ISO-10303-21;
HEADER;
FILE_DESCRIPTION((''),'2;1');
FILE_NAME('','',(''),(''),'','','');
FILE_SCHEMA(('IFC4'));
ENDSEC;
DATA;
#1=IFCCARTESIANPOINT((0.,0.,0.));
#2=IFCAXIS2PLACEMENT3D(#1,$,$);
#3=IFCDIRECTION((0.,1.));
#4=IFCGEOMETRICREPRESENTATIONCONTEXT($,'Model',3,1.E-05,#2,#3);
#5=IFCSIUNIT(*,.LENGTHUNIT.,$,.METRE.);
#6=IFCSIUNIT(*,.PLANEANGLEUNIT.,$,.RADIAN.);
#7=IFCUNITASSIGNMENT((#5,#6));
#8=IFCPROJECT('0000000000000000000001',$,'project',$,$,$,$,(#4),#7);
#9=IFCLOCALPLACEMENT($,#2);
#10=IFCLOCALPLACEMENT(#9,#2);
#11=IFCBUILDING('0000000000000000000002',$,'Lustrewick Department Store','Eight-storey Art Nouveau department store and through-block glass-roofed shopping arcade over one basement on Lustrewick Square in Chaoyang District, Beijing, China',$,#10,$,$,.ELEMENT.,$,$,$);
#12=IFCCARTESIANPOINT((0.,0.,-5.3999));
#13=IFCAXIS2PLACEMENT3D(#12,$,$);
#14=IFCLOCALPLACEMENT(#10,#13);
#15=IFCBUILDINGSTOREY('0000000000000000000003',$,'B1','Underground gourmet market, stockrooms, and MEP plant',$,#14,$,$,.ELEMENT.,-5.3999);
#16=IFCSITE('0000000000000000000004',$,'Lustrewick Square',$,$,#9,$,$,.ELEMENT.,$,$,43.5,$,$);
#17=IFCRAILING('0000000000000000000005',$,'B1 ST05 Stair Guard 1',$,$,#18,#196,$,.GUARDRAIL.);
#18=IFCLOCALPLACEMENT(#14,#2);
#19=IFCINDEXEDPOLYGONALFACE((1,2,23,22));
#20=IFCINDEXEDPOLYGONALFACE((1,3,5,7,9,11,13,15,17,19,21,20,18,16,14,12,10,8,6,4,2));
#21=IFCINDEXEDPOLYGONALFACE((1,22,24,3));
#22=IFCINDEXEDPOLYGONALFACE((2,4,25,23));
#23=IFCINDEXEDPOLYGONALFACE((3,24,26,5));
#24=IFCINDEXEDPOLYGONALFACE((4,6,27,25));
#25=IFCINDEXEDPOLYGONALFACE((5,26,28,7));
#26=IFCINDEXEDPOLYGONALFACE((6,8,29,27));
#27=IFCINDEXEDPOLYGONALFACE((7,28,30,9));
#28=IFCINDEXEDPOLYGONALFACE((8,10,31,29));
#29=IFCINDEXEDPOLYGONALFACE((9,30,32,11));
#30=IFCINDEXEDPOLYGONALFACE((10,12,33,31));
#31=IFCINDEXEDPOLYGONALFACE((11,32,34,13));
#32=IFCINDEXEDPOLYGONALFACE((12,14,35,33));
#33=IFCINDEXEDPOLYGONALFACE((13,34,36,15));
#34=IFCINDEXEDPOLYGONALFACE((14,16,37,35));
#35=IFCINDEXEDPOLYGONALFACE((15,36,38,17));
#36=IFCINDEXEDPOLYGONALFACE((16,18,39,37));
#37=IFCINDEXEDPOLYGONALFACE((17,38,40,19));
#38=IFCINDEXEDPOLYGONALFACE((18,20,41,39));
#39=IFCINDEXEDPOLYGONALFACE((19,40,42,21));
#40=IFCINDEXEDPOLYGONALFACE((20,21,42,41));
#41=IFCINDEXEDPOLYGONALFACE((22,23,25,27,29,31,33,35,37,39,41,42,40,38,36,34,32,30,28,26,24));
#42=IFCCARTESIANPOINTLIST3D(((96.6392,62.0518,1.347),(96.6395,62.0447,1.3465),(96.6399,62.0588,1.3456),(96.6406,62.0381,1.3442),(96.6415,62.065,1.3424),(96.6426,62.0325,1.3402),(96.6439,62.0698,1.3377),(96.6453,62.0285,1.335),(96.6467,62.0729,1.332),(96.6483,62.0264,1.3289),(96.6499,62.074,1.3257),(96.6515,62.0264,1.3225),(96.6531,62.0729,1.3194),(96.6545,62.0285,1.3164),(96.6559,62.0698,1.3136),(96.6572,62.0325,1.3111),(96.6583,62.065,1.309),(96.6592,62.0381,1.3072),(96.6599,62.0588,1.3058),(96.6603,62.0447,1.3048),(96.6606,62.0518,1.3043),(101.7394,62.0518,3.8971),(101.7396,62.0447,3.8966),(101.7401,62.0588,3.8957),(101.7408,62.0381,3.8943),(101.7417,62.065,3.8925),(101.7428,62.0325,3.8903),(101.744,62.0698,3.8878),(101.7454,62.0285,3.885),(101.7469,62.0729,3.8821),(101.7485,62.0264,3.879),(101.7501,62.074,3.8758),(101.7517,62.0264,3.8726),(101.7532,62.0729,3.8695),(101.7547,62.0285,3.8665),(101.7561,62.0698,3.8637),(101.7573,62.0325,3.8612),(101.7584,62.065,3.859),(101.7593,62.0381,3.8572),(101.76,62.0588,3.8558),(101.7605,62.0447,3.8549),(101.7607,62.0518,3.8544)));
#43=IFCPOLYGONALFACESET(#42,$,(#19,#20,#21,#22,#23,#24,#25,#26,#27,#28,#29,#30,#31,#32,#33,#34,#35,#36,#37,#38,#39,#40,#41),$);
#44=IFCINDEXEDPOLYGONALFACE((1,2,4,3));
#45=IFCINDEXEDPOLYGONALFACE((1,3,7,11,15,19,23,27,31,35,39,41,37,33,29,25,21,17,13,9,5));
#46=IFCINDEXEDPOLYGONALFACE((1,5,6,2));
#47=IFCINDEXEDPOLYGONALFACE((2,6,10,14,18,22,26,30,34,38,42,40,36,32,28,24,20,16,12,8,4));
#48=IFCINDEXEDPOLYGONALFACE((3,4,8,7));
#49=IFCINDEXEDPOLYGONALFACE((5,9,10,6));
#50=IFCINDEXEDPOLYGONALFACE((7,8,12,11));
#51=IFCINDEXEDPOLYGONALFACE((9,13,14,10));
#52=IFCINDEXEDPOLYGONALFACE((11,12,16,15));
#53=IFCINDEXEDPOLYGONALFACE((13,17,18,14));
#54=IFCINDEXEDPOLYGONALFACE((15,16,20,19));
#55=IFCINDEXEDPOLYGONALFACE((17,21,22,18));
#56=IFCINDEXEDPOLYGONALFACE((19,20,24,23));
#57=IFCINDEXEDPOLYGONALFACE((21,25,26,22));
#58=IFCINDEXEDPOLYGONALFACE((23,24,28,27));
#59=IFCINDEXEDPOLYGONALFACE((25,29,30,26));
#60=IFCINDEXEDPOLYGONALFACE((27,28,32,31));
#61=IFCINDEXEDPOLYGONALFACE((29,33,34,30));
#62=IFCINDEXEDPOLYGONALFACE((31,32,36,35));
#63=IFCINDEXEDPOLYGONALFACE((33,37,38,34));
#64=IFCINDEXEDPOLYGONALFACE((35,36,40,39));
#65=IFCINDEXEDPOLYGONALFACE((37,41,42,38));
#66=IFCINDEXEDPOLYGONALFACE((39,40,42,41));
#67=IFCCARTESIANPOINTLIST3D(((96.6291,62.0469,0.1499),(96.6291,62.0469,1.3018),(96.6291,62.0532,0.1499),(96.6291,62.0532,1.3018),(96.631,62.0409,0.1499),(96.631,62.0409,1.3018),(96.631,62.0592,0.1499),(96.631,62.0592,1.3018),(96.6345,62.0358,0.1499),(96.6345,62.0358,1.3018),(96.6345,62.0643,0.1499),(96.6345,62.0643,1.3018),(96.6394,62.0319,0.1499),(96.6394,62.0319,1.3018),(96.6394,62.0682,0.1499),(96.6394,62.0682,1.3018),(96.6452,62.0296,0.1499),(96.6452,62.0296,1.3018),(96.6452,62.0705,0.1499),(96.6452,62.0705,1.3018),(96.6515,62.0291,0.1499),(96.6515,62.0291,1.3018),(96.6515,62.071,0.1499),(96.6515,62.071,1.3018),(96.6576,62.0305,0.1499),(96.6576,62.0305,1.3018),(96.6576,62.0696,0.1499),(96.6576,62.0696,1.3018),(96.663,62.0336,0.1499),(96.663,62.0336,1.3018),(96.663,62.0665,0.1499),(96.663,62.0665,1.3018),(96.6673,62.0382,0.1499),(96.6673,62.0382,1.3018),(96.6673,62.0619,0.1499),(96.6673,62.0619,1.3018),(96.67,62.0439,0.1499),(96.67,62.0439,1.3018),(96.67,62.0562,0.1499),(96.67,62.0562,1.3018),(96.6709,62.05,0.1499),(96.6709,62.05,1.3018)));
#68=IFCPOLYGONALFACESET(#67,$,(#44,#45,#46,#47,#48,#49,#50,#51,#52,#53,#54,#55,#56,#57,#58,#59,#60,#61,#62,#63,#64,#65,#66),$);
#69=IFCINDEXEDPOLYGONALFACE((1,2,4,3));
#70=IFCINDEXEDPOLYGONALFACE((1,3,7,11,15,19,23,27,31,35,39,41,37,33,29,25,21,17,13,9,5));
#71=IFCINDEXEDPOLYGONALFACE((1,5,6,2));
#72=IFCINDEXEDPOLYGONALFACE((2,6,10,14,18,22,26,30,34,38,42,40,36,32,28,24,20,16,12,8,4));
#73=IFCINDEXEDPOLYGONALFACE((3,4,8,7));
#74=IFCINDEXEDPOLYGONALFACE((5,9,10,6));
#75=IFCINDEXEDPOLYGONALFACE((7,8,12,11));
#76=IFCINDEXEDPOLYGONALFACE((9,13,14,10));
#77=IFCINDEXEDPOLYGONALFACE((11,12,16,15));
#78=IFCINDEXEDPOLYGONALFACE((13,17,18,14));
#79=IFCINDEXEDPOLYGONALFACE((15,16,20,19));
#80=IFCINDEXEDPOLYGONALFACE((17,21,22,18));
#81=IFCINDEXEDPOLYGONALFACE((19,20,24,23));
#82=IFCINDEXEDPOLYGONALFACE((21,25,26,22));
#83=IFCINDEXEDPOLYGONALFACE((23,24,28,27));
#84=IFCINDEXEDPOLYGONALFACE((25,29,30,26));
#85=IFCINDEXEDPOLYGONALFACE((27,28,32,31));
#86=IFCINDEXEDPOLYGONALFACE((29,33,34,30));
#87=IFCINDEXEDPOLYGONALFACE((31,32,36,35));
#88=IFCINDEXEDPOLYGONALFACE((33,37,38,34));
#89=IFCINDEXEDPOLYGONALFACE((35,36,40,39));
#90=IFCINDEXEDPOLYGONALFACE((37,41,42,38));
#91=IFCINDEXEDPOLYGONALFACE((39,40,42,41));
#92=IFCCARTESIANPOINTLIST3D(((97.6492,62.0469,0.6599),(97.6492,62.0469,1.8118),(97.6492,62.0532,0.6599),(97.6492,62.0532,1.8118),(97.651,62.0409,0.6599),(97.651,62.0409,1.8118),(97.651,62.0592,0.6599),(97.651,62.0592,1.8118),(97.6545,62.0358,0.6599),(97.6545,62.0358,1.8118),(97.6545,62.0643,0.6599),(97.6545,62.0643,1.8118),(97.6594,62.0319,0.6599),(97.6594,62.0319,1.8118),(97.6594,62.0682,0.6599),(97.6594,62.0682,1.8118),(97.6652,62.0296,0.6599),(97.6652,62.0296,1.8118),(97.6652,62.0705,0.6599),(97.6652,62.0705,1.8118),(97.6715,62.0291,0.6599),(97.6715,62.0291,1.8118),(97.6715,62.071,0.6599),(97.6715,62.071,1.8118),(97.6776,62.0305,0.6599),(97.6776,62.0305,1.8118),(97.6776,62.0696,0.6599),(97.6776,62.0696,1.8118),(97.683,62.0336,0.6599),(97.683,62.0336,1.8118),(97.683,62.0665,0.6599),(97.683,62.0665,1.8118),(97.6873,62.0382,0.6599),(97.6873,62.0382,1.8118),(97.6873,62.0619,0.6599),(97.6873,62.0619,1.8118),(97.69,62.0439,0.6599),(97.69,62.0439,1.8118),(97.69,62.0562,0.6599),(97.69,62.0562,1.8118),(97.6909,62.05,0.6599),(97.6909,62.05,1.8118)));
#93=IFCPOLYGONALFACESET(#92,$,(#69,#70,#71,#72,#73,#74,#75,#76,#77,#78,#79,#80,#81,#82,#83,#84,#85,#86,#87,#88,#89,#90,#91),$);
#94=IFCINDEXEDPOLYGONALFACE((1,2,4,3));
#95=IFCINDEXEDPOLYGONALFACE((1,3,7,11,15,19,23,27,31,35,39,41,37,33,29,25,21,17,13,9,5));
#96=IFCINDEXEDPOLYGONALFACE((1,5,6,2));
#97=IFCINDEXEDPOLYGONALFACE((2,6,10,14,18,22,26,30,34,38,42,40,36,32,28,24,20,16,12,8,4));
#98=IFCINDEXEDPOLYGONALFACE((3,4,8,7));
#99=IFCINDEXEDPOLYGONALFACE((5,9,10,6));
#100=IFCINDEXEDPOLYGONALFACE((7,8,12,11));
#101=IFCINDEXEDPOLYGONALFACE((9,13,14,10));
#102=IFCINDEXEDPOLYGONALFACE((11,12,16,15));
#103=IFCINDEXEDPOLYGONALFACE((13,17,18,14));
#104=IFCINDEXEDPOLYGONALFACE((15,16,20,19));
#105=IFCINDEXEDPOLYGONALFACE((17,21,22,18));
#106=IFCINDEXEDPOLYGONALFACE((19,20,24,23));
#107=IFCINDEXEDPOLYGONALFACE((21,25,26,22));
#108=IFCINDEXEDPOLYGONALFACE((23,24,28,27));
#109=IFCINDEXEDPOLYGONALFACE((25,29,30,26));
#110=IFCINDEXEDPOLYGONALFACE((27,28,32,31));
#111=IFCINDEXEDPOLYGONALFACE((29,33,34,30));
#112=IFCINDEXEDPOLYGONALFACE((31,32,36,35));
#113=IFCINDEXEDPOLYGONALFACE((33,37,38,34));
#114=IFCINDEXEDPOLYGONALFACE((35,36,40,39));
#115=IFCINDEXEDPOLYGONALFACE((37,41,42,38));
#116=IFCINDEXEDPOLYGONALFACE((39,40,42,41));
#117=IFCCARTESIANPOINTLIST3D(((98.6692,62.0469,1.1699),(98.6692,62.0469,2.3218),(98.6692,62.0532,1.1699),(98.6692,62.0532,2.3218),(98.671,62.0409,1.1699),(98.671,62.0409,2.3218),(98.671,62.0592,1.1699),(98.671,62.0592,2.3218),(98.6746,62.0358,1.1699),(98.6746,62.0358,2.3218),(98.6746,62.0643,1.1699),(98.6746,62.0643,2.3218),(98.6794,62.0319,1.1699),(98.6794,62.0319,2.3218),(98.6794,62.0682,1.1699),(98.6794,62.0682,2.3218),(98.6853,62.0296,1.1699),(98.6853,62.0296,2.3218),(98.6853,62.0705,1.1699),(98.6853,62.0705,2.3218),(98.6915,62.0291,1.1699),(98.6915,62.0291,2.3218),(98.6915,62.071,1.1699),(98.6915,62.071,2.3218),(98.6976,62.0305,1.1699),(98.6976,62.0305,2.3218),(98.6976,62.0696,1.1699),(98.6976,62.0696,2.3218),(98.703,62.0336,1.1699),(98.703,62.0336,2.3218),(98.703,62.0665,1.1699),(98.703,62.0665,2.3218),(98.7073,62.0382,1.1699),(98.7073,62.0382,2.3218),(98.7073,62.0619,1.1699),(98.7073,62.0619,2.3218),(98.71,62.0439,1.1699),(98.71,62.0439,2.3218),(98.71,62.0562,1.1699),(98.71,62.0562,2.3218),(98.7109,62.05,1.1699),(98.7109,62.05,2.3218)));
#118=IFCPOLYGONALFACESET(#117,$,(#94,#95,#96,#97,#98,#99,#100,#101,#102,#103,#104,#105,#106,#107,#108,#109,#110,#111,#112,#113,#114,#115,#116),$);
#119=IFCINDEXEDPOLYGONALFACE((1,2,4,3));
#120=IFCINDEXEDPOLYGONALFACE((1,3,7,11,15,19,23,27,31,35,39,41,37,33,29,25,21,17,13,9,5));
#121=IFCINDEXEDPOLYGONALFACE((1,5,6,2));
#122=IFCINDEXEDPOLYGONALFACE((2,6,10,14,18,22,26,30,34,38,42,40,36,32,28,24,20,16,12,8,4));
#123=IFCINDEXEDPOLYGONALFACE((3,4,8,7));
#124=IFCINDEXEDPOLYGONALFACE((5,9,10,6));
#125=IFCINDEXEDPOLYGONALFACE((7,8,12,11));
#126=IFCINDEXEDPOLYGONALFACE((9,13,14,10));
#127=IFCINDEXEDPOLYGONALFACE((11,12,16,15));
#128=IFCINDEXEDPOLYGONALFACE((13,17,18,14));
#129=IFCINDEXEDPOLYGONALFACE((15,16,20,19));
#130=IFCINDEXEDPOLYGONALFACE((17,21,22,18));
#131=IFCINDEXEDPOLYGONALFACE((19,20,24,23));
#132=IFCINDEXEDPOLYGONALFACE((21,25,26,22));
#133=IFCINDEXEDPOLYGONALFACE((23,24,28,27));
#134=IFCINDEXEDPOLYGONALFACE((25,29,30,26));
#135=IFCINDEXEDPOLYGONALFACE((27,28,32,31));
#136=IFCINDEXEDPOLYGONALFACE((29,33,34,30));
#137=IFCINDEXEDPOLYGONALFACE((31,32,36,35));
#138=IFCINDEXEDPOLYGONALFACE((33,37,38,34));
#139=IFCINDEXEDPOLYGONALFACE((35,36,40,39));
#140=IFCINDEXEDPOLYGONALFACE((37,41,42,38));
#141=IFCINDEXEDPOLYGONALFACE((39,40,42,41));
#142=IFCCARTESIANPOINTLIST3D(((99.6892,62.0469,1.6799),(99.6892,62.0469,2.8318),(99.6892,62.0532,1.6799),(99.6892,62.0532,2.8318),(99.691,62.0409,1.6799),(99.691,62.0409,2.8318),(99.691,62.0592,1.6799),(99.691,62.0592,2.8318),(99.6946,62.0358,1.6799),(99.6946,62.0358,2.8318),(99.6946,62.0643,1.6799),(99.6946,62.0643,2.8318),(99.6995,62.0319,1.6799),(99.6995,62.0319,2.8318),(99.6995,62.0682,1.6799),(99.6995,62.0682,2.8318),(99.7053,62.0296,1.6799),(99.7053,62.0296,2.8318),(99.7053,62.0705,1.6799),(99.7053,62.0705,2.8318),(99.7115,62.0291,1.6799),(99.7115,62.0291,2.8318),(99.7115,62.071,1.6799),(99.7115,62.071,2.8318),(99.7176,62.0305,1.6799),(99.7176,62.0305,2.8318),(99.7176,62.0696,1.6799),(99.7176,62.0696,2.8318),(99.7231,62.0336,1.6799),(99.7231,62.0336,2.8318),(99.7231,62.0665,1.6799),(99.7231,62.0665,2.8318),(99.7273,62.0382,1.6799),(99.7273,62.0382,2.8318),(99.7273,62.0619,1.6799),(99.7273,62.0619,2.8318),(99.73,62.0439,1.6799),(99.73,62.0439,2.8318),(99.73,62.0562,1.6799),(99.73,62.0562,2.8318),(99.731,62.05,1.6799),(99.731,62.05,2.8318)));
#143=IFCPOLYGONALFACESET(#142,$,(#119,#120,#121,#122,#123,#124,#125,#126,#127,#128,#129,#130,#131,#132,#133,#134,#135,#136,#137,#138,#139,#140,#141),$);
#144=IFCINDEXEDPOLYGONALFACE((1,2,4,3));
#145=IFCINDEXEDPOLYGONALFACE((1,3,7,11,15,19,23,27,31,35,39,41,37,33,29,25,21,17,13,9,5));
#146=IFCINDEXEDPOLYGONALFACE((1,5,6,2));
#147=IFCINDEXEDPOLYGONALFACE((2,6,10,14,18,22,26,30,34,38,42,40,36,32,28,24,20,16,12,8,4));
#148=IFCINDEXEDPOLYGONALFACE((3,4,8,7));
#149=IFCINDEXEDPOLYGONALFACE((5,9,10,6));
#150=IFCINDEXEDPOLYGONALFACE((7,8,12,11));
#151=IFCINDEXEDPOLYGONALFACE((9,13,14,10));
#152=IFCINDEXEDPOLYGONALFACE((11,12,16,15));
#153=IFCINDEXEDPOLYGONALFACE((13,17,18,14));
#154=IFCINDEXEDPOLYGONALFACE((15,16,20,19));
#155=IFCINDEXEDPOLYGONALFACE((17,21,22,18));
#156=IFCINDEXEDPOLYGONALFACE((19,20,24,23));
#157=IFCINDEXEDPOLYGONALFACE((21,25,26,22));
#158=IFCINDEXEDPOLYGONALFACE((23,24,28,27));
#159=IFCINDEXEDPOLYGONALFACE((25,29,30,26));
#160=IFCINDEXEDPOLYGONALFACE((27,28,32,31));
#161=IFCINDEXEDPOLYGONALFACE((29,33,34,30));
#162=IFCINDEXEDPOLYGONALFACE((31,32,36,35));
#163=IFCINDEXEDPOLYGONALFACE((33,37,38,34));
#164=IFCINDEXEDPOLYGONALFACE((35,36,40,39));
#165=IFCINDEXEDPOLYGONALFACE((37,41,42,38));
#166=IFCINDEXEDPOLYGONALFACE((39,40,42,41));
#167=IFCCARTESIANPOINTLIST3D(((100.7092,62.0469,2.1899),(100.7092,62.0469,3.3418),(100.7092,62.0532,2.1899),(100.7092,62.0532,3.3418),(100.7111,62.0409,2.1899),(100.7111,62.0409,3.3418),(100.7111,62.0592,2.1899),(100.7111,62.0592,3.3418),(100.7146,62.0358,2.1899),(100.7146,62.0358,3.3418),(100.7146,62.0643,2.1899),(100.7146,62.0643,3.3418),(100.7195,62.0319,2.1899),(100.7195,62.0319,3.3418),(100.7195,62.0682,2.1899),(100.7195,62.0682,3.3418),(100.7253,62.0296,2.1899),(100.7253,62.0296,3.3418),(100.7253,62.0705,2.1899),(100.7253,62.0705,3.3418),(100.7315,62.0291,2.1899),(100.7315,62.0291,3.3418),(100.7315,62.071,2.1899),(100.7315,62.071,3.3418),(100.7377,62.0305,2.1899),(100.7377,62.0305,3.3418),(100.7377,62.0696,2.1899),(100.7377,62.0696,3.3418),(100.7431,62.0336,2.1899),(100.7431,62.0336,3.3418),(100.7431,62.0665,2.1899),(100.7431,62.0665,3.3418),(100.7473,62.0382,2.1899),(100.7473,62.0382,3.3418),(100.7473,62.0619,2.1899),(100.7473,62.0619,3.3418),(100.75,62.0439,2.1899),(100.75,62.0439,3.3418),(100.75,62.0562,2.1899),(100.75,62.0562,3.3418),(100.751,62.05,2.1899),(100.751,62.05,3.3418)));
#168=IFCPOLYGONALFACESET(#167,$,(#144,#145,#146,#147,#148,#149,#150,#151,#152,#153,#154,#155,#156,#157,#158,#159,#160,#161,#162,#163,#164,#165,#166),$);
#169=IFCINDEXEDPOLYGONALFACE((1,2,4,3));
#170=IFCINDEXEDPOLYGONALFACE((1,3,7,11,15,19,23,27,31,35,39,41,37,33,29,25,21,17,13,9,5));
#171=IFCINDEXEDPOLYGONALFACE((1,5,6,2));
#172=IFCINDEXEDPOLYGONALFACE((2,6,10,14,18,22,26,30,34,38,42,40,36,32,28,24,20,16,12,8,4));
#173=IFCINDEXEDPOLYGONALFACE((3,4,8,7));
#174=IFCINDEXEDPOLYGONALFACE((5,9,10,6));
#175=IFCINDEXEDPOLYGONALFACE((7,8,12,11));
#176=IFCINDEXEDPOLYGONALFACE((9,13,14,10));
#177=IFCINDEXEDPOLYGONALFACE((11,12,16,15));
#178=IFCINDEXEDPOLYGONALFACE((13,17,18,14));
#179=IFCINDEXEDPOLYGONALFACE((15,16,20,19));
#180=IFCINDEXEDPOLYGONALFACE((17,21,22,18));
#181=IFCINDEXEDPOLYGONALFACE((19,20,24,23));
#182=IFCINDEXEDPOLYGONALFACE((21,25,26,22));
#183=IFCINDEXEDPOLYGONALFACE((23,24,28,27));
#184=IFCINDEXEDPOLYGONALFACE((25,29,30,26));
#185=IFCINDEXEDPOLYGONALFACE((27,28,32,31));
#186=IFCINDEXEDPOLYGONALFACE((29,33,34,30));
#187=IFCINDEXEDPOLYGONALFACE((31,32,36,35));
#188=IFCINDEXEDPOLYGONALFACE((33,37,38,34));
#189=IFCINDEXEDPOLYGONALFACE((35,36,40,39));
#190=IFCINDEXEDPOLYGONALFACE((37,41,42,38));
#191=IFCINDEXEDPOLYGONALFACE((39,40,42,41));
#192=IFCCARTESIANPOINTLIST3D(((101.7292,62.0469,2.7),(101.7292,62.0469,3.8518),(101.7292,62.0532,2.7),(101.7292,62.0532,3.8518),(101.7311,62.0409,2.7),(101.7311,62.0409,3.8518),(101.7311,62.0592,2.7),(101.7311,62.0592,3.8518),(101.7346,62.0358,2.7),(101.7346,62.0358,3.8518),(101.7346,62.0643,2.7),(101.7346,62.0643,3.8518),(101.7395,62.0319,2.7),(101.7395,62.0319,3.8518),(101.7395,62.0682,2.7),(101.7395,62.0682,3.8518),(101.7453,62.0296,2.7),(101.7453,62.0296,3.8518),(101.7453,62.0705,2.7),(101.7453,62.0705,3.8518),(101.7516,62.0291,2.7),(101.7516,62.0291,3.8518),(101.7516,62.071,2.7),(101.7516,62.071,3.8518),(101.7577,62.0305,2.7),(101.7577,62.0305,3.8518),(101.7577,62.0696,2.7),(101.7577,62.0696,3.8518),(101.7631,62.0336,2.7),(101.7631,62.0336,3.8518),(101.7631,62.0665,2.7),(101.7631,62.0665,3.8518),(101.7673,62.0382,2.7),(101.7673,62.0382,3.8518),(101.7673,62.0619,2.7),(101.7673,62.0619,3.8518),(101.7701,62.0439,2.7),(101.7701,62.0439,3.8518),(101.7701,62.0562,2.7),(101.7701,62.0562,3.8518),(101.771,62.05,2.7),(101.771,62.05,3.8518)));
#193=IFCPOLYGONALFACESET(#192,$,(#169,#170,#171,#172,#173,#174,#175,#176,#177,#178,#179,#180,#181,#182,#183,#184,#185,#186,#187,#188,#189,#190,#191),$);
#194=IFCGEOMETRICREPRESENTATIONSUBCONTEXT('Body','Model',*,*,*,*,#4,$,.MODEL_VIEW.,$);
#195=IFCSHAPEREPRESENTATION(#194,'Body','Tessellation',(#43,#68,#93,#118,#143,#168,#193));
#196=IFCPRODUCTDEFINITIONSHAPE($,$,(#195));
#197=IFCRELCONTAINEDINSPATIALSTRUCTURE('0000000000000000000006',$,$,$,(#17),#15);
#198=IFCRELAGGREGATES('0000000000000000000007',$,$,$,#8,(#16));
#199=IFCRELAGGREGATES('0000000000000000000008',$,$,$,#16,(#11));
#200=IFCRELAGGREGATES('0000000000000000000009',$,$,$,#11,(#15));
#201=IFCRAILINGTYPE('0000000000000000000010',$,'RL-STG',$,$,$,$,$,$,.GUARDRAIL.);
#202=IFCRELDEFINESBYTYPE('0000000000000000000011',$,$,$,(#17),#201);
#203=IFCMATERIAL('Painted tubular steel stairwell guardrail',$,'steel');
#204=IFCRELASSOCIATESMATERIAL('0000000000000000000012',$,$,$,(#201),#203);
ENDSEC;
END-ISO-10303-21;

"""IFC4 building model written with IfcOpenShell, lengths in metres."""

from ifc_helpers import new_model, si_unit, direction, frame, origin, origin_2d, place, context, subcontext, project, spatial, circle, extrude, material, type_object, element, save


model = new_model("IFC4")

# Units and contexts
model_context = context("Model", 3, precision=1e-05, world=origin(), true_north=direction((0.0, 1.0)))
body_context = subcontext(model_context, "Body", "Model", "MODEL_VIEW")
ifc_project = project(units=[si_unit("LENGTHUNIT", "METRE"), si_unit("PLANEANGLEUNIT", "RADIAN")], contexts=[model_context])

# Site, building, storey
site_placement = place(None, origin())
site = spatial("IfcSite", under=ifc_project, at=site_placement, Name="Lustrewick Square", CompositionType="ELEMENT", RefElevation=43.5)
building_placement = place(site_placement, origin())
building = spatial("IfcBuilding", under=site, at=building_placement, Name="Lustrewick Department Store", Description="Eight-storey Art Nouveau department store and through-block glass-roofed shopping arcade over one basement on Lustrewick Square in Chaoyang District, Beijing, China", CompositionType="ELEMENT")
storey_placement = place(building_placement, frame((0.0, 0.0, -5.3999)))
storey = spatial("IfcBuildingStorey", under=building, at=storey_placement, Name="B1", Description="Underground gourmet market, stockrooms, and MEP plant", CompositionType="ELEMENT", Elevation=-5.3999)

# Railing
ifc_material_1 = material(Name="Painted tubular steel stairwell guardrail", Category="steel")
railing_type_1 = type_object("IfcRailingType", Name="RL-STG", PredefinedType="GUARDRAIL", material=ifc_material_1)
railing_1_placement = place(storey_placement, frame((96.6499, 62.05, 0.1499)))
element("IfcRailing", 1, at=railing_1_placement, inside=storey, type_object=railing_type_1, Name="B1 ST05 Stair Guard 1", PredefinedType="GUARDRAIL", context=body_context, shape_type="SweptSolid", body=[
    extrude(circle(Radius=0.0239, at=origin_2d()), frame((0.0, 0.0, 1.1758), z_axis=(0.894427, 0.0, 0.447214), x_axis=(0.0, 1.0, 0.0)), (0.0, 0.0, 1.0), 5.7021),
    extrude(circle(Radius=0.021, at=origin_2d()), origin(), (0.0, 0.0, 1.0), 1.1519),
    extrude(circle(Radius=0.021, at=origin_2d()), frame((1.02, 0.0, 0.51)), (0.0, 0.0, 1.0), 1.1519),
    extrude(circle(Radius=0.021, at=origin_2d()), frame((2.04, 0.0, 1.02)), (0.0, 0.0, 1.0), 1.1519),
    extrude(circle(Radius=0.021, at=origin_2d()), frame((3.0601, 0.0, 1.53)), (0.0, 0.0, 1.0), 1.1519),
    extrude(circle(Radius=0.021, at=origin_2d()), frame((4.0801, 0.0, 2.04)), (0.0, 0.0, 1.0), 1.1519),
    extrude(circle(Radius=0.021, at=origin_2d()), frame((5.1001, 0.0, 2.55)), (0.0, 0.0, 1.0), 1.1519),
])

save(model, "model.ifc")
